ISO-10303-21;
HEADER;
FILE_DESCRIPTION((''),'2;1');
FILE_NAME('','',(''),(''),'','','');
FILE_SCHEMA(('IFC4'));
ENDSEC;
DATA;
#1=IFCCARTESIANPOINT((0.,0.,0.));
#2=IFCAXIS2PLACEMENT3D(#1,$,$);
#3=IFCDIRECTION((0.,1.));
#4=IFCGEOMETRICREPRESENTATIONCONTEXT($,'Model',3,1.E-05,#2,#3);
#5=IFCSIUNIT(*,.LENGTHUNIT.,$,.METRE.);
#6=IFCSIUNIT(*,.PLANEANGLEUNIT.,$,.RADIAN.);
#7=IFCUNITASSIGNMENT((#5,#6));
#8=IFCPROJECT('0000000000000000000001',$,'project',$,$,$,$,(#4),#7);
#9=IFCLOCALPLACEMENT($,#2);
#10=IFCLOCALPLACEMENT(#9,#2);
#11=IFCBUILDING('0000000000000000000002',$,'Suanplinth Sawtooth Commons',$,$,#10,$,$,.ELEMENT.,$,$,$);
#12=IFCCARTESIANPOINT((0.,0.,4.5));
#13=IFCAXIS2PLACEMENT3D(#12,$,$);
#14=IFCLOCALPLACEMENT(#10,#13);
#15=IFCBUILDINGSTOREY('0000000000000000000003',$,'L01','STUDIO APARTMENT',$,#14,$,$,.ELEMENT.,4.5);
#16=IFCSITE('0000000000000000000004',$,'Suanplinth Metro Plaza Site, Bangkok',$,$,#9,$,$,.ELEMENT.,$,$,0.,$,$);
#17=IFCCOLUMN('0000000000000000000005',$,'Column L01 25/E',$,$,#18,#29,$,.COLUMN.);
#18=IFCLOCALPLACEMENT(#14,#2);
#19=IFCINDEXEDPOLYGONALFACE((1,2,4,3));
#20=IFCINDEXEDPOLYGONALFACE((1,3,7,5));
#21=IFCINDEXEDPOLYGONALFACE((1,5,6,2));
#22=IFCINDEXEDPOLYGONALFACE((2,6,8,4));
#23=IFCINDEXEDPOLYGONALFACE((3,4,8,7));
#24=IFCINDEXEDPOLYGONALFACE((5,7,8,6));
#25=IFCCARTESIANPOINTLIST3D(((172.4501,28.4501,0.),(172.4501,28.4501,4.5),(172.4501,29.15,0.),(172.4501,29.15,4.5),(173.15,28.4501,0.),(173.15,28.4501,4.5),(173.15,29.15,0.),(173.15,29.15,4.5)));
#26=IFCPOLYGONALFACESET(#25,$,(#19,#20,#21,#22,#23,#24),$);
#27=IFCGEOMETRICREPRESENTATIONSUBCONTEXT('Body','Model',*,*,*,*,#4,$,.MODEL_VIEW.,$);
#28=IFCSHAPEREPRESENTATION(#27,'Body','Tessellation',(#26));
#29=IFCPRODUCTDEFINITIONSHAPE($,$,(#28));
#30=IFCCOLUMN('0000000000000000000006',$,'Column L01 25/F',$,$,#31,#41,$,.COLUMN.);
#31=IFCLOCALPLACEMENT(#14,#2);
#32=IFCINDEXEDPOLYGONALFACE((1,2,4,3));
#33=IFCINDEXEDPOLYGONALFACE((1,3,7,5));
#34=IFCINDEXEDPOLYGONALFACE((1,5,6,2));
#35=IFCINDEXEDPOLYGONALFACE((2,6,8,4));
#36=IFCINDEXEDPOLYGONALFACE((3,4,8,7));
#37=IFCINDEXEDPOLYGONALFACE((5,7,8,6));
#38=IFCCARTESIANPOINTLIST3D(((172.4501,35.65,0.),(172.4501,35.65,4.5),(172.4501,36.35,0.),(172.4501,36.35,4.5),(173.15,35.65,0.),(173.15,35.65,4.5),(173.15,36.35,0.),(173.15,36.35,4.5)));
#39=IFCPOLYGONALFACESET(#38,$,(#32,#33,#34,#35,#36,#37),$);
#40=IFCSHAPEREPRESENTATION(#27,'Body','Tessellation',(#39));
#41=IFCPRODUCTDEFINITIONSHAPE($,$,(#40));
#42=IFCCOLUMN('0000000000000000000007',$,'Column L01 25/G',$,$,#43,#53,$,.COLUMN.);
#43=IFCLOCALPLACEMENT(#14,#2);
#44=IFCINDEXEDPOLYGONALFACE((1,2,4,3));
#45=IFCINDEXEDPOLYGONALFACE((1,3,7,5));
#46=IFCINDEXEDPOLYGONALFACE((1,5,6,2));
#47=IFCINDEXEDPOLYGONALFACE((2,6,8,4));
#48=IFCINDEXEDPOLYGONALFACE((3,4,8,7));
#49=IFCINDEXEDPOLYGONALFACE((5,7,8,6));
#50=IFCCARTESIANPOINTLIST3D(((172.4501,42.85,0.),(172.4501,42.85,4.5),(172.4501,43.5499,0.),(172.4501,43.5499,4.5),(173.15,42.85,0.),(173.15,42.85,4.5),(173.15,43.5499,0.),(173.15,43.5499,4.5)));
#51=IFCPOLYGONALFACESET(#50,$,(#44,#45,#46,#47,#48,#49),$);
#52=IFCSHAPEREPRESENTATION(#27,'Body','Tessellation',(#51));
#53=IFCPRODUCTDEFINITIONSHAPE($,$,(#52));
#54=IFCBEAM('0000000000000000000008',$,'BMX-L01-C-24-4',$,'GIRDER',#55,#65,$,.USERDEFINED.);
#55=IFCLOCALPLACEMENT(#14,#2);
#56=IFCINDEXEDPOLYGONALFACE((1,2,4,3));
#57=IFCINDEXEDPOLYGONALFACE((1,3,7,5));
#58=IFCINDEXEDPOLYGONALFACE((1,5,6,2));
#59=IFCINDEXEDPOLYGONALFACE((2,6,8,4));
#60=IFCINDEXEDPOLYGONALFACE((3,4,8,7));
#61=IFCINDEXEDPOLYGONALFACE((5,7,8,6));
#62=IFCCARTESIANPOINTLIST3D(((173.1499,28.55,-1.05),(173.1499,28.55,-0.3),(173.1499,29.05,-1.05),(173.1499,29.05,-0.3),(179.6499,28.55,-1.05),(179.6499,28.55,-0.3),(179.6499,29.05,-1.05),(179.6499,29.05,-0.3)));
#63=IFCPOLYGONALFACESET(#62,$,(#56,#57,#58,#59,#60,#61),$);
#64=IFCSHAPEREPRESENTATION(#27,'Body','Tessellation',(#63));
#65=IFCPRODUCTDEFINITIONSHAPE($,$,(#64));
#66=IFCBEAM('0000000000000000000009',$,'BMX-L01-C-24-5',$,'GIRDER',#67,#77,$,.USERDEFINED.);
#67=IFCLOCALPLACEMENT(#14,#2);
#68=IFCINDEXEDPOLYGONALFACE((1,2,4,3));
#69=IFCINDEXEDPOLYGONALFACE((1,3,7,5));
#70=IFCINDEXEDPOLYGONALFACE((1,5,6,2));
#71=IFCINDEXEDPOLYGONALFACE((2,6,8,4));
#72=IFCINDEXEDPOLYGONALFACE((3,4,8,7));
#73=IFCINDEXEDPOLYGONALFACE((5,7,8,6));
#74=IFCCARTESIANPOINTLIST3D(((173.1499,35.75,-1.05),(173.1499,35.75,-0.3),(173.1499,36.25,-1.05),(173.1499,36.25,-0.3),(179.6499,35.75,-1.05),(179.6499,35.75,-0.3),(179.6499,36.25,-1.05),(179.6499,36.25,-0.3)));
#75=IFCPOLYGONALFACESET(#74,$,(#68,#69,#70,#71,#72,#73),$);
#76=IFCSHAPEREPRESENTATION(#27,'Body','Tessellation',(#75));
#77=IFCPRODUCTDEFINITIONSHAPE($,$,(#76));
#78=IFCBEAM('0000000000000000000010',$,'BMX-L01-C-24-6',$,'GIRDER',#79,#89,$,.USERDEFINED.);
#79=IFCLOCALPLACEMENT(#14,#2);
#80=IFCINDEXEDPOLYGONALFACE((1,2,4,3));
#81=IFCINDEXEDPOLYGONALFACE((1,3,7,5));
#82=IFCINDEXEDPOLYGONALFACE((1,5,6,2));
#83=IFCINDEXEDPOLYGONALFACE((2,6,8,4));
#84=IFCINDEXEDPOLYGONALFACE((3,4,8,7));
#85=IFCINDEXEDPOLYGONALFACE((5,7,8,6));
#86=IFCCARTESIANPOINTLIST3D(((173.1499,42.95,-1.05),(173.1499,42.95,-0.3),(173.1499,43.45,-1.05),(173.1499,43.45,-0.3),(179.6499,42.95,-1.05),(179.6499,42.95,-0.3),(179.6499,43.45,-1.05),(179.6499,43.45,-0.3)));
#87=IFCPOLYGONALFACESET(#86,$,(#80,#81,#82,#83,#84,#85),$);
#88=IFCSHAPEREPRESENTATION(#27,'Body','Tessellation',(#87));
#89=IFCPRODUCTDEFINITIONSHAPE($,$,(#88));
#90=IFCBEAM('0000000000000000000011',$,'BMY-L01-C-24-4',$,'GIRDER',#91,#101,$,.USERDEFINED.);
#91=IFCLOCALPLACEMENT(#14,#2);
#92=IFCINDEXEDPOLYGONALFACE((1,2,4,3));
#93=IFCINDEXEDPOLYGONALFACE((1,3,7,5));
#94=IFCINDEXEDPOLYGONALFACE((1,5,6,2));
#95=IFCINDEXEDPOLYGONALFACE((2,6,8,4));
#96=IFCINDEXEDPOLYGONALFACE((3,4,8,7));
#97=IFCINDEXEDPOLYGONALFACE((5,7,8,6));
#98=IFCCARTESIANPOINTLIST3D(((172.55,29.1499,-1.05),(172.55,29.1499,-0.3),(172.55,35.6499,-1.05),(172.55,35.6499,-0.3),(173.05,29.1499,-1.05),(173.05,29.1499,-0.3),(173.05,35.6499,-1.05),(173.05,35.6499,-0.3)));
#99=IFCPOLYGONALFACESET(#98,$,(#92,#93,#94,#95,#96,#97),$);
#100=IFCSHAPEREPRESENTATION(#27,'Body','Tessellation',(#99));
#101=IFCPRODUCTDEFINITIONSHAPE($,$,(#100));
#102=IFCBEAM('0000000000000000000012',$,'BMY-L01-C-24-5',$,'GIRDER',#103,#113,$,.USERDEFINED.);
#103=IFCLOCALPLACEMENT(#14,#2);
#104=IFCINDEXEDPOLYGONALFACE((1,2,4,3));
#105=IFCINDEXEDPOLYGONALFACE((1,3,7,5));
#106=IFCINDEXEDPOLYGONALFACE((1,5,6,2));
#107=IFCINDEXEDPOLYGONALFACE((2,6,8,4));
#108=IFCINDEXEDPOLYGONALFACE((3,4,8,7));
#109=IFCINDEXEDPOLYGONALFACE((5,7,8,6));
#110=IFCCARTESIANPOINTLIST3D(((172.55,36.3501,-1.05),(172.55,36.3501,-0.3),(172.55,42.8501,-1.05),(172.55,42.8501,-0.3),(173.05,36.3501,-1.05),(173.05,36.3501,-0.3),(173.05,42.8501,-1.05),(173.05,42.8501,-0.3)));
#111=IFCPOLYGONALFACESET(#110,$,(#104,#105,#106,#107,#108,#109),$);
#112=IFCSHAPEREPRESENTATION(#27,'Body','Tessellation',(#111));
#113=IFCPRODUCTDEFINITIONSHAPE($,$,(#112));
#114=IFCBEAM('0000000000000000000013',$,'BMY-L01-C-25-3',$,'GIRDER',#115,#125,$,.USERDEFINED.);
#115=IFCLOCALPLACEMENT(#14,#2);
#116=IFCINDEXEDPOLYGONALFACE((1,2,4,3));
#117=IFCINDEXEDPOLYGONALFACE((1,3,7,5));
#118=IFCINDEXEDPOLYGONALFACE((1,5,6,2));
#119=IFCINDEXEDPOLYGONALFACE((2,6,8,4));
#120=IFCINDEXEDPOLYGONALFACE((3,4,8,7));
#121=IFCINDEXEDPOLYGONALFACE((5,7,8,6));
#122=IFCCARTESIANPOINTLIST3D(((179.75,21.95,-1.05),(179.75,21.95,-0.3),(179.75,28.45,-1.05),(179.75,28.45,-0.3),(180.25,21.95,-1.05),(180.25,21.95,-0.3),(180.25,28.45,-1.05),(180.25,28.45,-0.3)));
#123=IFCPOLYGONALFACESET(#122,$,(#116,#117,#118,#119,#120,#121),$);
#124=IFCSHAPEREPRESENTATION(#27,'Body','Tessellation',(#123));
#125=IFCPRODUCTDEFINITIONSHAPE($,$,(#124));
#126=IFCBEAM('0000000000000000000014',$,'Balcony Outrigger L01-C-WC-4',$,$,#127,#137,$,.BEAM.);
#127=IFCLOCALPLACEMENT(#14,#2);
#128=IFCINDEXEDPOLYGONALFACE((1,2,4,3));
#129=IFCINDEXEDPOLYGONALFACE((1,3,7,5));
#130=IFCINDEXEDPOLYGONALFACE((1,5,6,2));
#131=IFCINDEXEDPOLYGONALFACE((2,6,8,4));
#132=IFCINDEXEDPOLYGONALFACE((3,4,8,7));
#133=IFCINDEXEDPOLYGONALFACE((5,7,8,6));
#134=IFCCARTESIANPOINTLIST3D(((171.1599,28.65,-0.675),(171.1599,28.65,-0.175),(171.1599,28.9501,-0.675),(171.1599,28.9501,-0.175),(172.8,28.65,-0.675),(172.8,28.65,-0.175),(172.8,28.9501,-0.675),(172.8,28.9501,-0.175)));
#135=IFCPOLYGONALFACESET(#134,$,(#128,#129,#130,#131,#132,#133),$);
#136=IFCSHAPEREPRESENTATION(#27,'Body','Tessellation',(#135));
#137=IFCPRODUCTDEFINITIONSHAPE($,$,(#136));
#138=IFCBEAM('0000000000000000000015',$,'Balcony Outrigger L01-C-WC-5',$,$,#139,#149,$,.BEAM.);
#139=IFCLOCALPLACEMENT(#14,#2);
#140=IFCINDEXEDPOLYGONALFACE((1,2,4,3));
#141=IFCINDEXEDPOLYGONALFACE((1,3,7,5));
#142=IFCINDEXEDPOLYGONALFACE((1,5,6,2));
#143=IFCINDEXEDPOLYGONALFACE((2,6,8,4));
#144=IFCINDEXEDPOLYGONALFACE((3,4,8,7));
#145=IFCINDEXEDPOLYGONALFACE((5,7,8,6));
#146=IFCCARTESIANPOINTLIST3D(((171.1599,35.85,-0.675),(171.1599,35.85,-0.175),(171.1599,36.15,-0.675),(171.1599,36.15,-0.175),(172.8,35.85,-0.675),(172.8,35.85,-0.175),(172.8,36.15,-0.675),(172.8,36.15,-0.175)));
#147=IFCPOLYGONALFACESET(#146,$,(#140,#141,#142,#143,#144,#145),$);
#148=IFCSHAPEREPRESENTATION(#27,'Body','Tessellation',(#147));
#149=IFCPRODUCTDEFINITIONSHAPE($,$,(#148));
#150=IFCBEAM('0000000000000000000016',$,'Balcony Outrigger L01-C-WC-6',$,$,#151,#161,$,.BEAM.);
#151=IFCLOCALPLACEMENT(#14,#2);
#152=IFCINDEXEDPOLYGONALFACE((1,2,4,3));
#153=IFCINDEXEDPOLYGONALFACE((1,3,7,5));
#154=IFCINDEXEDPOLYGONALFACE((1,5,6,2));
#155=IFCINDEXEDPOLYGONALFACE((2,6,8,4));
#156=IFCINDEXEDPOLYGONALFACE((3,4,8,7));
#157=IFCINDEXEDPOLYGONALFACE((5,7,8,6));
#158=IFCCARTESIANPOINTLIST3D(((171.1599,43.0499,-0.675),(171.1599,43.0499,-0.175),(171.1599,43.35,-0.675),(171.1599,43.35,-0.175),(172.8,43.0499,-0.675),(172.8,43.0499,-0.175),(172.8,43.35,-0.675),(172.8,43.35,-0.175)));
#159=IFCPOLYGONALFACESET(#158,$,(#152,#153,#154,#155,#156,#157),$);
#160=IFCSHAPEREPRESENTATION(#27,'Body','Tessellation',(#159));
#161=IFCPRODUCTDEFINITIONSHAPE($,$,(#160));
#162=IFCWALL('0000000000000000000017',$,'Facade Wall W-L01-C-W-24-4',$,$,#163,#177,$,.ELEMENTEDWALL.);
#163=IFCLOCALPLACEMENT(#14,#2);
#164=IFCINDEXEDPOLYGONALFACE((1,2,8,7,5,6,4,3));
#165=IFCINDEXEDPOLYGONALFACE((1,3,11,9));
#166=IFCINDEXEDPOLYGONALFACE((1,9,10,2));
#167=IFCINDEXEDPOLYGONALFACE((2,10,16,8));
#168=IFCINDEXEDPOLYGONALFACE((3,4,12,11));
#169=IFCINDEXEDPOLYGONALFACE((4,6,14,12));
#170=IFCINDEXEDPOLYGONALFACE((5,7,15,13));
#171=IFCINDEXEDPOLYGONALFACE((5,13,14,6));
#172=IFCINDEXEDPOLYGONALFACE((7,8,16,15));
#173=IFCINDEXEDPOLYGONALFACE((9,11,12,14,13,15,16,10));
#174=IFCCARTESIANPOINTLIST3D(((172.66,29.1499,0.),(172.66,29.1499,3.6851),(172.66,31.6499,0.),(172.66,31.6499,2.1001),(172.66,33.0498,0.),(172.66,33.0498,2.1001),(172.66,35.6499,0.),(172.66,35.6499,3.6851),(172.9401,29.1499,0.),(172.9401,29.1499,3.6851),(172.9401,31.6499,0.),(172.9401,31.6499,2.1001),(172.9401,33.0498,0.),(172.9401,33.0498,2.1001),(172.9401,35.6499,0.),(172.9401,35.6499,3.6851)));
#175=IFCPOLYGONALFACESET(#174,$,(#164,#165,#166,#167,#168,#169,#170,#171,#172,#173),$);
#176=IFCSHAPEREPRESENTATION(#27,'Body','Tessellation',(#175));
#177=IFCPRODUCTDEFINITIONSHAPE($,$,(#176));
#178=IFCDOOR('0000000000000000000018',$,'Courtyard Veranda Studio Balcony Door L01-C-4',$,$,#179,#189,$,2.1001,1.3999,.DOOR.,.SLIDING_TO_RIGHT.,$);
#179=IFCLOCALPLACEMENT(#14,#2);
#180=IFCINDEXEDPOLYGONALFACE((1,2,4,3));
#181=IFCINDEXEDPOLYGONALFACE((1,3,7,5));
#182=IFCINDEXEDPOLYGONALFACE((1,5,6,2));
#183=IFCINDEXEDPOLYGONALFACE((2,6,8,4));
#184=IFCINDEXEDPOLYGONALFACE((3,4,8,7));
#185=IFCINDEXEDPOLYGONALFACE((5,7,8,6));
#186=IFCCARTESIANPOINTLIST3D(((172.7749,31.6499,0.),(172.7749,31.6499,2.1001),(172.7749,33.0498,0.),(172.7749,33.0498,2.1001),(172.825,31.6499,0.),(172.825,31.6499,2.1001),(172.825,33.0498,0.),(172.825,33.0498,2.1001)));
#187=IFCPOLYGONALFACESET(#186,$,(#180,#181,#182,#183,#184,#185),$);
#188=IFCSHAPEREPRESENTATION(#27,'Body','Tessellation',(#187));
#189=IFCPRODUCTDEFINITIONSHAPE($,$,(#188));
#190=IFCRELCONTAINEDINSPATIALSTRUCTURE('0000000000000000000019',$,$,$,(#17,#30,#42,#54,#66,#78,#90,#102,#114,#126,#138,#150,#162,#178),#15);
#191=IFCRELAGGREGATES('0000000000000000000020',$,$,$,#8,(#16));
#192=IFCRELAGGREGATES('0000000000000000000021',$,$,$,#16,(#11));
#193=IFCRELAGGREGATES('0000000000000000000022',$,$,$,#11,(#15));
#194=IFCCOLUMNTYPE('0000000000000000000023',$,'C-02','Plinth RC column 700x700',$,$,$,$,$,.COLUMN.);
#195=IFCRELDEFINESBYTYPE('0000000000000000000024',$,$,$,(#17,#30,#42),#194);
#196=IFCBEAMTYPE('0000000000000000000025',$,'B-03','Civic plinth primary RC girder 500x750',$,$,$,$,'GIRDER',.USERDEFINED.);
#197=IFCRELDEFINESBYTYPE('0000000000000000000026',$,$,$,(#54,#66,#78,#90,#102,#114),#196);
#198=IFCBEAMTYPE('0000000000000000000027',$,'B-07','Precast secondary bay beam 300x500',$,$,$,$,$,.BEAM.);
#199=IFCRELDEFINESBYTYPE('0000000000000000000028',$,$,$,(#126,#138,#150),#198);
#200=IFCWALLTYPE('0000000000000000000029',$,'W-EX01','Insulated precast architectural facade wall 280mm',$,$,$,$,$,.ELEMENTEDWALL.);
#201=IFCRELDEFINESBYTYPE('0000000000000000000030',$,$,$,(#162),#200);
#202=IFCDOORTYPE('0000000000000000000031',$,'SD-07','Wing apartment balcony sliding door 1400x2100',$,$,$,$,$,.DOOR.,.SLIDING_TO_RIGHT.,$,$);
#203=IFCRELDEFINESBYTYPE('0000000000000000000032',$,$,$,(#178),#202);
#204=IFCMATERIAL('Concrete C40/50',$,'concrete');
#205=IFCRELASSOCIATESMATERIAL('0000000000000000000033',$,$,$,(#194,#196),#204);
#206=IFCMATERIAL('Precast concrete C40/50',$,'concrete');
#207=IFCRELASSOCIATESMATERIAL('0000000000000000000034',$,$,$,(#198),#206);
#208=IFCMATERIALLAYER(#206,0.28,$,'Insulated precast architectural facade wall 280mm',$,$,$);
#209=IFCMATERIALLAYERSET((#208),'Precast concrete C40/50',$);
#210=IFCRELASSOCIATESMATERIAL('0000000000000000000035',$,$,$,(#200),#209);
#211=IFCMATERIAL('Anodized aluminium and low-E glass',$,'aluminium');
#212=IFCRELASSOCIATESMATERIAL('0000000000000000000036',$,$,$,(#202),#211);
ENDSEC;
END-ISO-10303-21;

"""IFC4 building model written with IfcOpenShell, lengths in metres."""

from ifc_helpers import new_model, si_unit, direction, frame, frame_2d, origin, origin_2d, place, context, subcontext, project, spatial, rectangle, extrude, material, layer, layer_set, material_profile, profile_set, type_object, element, fill, save


model = new_model("IFC4")

# Units and contexts
model_context = context("Model", 3, precision=1e-05, world=origin(), true_north=direction((0.0, 1.0)))
body_context = subcontext(model_context, "Body", "Model", "MODEL_VIEW")
ifc_project = project(units=[si_unit("LENGTHUNIT", "METRE"), si_unit("PLANEANGLEUNIT", "RADIAN")], contexts=[model_context])

# Site, building, storey
site_placement = place(None, origin())
site = spatial("IfcSite", under=ifc_project, at=site_placement, Name="Suanplinth Metro Plaza Site, Bangkok", CompositionType="ELEMENT", RefElevation=0.0)
building_placement = place(site_placement, origin())
building = spatial("IfcBuilding", under=site, at=building_placement, Name="Suanplinth Sawtooth Commons", CompositionType="ELEMENT")
storey_placement = place(building_placement, frame((0.0, 0.0, 4.5)))
storey = spatial("IfcBuildingStorey", under=building, at=storey_placement, Name="L01", Description="STUDIO APARTMENT", CompositionType="ELEMENT", Elevation=4.5)

# Columns
ifc_material_1 = material(Name="Concrete C40/50", Category="concrete")
ifc_material_profile_1 = material_profile(ifc_material_1, rectangle(XDim=0.7, YDim=0.7, at=origin_2d()), Name="RC-COL 700x700")
ifc_profile_set_1 = profile_set([ifc_material_profile_1], Name="Concrete C40/50")
column_type = type_object("IfcColumnType", Name="C-02", Description="Plinth RC column 700x700", PredefinedType="COLUMN", material=ifc_profile_set_1)
for number, where, z_axis, x_axis, name in (
    (1, (172.8, 28.8, 0.0), (0.0, 0.0, 1.0), (1.0, 0.0, 0.0), "Column L01 25/E"),
    (2, (172.8, 36.0, 0.0), (0.0, 0.0, 1.0), (1.0, 0.0, 0.0), "Column L01 25/F"),
    (3, (172.8, 43.2, 0.0), (0.0, 0.0, 1.0), (1.0, 0.0, 0.0), "Column L01 25/G"),
):
    element("IfcColumn", number, at=place(storey_placement, frame(where, z_axis=z_axis, x_axis=x_axis)), inside=storey, type_object=column_type, Name=name, PredefinedType="COLUMN", context=body_context, shape_type="SweptSolid", body=[
        extrude(rectangle(XDim=0.7, YDim=0.7, at=origin_2d()), origin(), (0.0, 0.0, 1.0), 4.5),
    ])

# Beams
ifc_material_profile_2 = material_profile(ifc_material_1, rectangle(XDim=0.5, YDim=0.75, at=origin_2d()), Name="RC-GDR 500x750")
ifc_profile_set_2 = profile_set([ifc_material_profile_2], Name="Concrete C40/50")
beam_type_1 = type_object("IfcBeamType", Name="B-03", Description="Civic plinth primary RC girder 500x750", ElementType="GIRDER", PredefinedType="USERDEFINED", material=ifc_profile_set_2)
for number, where, z_axis, x_axis, name in (
    (4, (173.1499, 28.8, -0.675), (1.0, 0.0, 0.0), (0.0, 1.0, 0.0), "BMX-L01-C-24-4"),
    (5, (173.1499, 36.0, -0.675), (1.0, 0.0, 0.0), (0.0, 1.0, 0.0), "BMX-L01-C-24-5"),
    (6, (173.1499, 43.2, -0.675), (1.0, 0.0, 0.0), (0.0, 1.0, 0.0), "BMX-L01-C-24-6"),
    (7, (172.8, 29.1499, -0.675), (0.0, 1.0, 0.0), (-1.0, 0.0, 0.0), "BMY-L01-C-24-4"),
    (8, (172.8, 36.3501, -0.675), (0.0, 1.0, 0.0), (-1.0, 0.0, 0.0), "BMY-L01-C-24-5"),
    (9, (180.0, 21.95, -0.675), (0.0, 1.0, 0.0), (-1.0, 0.0, 0.0), "BMY-L01-C-25-3"),
):
    element("IfcBeam", number, at=place(storey_placement, frame(where, z_axis=z_axis, x_axis=x_axis)), inside=storey, type_object=beam_type_1, Name=name, ObjectType="GIRDER", PredefinedType="USERDEFINED", context=body_context, shape_type="SweptSolid", body=[
        extrude(rectangle(XDim=0.5, YDim=0.75, at=origin_2d()), origin(), (0.0, 0.0, 1.0), 6.5),
    ])
ifc_material_2 = material(Name="Precast concrete C40/50", Category="concrete")
ifc_material_profile_3 = material_profile(ifc_material_2, rectangle(XDim=0.3, YDim=0.5, at=origin_2d()), Name="PC-BM 300x500")
ifc_profile_set_3 = profile_set([ifc_material_profile_3], Name="Precast concrete C40/50")
beam_type_2 = type_object("IfcBeamType", Name="B-07", Description="Precast secondary bay beam 300x500", PredefinedType="BEAM", material=ifc_profile_set_3)
for number, where, z_axis, x_axis, name in (
    (10, (172.8, 28.8, -0.425), (-1.0, 0.0, 0.0), (0.0, -1.0, 0.0), "Balcony Outrigger L01-C-WC-4"),
    (11, (172.8, 36.0, -0.425), (-1.0, 0.0, 0.0), (0.0, -1.0, 0.0), "Balcony Outrigger L01-C-WC-5"),
    (12, (172.8, 43.2, -0.425), (-1.0, 0.0, 0.0), (0.0, -1.0, 0.0), "Balcony Outrigger L01-C-WC-6"),
):
    element("IfcBeam", number, at=place(storey_placement, frame(where, z_axis=z_axis, x_axis=x_axis)), inside=storey, type_object=beam_type_2, Name=name, PredefinedType="BEAM", context=body_context, shape_type="SweptSolid", body=[
        extrude(rectangle(XDim=0.3, YDim=0.5, at=origin_2d()), origin(), (0.0, 0.0, 1.0), 1.6401),
    ])

# Wall, opening, door
ifc_layer_1 = layer(ifc_material_2, 0.28, Name="Insulated precast architectural facade wall 280mm")
ifc_layer_set_1 = layer_set([ifc_layer_1], Name="Precast concrete C40/50")
wall_type_1 = type_object("IfcWallType", Name="W-EX01", Description="Insulated precast architectural facade wall 280mm", PredefinedType="ELEMENTEDWALL", material=ifc_layer_set_1)
wall_1_placement = place(storey_placement, frame((172.8, 29.1499, 0.0), z_axis=(0.0, 0.0, 1.0), x_axis=(0.0, 1.0, 0.0)))
wall_1 = element("IfcWall", 13, at=wall_1_placement, inside=storey, type_object=wall_type_1, Name="Facade Wall W-L01-C-W-24-4", PredefinedType="ELEMENTEDWALL", context=body_context, shape_type="SweptSolid", body=[
    extrude(rectangle(XDim=6.5, YDim=0.28, at=frame_2d((3.25, 0.0))), origin(), (0.0, 0.0, 1.0), 3.6851),
])
opening_1_placement = place(wall_1_placement, frame((2.5, 0.0, 0.0)))
opening_1 = element("IfcOpeningElement", 14, at=opening_1_placement, cuts=wall_1, PredefinedType="OPENING", context=body_context, shape_type="SweptSolid", body=[
    extrude(rectangle(XDim=1.3999, YDim=2.1001, at=frame_2d((0.7, 1.05))), frame((0.0, 0.1548, 0.0), z_axis=(0.0, -1.0, 0.0), x_axis=(1.0, 0.0, 0.0)), (0.0, 0.0, 1.0), 0.3098),
])
ifc_material_3 = material(Name="Anodized aluminium and low-E glass", Category="aluminium")
door_type_1 = type_object("IfcDoorType", Name="SD-07", Description="Wing apartment balcony sliding door 1400x2100", OperationType="SLIDING_TO_RIGHT", PredefinedType="DOOR", material=ifc_material_3)
door_1_placement = place(opening_1_placement, frame((1.3999, 0.0, 0.0), z_axis=(0.0, 0.0, 1.0), x_axis=(-1.0, 0.0, 0.0)))
door_1 = element("IfcDoor", 15, at=door_1_placement, inside=storey, type_object=door_type_1, Name="Courtyard Veranda Studio Balcony Door L01-C-4", OperationType="SLIDING_TO_RIGHT", OverallHeight=2.1001, OverallWidth=1.3999, PredefinedType="DOOR", context=body_context, shape_type="SweptSolid", body=[
    extrude(rectangle(XDim=1.3999, YDim=2.1001, at=frame_2d((0.7, 1.05))), frame((0.0, 0.0249, 0.0), z_axis=(0.0, -1.0, 0.0), x_axis=(1.0, 0.0, 0.0)), (0.0, 0.0, 1.0), 0.05),
])
fill(opening_1, door_1)

save(model, "model.ifc")
